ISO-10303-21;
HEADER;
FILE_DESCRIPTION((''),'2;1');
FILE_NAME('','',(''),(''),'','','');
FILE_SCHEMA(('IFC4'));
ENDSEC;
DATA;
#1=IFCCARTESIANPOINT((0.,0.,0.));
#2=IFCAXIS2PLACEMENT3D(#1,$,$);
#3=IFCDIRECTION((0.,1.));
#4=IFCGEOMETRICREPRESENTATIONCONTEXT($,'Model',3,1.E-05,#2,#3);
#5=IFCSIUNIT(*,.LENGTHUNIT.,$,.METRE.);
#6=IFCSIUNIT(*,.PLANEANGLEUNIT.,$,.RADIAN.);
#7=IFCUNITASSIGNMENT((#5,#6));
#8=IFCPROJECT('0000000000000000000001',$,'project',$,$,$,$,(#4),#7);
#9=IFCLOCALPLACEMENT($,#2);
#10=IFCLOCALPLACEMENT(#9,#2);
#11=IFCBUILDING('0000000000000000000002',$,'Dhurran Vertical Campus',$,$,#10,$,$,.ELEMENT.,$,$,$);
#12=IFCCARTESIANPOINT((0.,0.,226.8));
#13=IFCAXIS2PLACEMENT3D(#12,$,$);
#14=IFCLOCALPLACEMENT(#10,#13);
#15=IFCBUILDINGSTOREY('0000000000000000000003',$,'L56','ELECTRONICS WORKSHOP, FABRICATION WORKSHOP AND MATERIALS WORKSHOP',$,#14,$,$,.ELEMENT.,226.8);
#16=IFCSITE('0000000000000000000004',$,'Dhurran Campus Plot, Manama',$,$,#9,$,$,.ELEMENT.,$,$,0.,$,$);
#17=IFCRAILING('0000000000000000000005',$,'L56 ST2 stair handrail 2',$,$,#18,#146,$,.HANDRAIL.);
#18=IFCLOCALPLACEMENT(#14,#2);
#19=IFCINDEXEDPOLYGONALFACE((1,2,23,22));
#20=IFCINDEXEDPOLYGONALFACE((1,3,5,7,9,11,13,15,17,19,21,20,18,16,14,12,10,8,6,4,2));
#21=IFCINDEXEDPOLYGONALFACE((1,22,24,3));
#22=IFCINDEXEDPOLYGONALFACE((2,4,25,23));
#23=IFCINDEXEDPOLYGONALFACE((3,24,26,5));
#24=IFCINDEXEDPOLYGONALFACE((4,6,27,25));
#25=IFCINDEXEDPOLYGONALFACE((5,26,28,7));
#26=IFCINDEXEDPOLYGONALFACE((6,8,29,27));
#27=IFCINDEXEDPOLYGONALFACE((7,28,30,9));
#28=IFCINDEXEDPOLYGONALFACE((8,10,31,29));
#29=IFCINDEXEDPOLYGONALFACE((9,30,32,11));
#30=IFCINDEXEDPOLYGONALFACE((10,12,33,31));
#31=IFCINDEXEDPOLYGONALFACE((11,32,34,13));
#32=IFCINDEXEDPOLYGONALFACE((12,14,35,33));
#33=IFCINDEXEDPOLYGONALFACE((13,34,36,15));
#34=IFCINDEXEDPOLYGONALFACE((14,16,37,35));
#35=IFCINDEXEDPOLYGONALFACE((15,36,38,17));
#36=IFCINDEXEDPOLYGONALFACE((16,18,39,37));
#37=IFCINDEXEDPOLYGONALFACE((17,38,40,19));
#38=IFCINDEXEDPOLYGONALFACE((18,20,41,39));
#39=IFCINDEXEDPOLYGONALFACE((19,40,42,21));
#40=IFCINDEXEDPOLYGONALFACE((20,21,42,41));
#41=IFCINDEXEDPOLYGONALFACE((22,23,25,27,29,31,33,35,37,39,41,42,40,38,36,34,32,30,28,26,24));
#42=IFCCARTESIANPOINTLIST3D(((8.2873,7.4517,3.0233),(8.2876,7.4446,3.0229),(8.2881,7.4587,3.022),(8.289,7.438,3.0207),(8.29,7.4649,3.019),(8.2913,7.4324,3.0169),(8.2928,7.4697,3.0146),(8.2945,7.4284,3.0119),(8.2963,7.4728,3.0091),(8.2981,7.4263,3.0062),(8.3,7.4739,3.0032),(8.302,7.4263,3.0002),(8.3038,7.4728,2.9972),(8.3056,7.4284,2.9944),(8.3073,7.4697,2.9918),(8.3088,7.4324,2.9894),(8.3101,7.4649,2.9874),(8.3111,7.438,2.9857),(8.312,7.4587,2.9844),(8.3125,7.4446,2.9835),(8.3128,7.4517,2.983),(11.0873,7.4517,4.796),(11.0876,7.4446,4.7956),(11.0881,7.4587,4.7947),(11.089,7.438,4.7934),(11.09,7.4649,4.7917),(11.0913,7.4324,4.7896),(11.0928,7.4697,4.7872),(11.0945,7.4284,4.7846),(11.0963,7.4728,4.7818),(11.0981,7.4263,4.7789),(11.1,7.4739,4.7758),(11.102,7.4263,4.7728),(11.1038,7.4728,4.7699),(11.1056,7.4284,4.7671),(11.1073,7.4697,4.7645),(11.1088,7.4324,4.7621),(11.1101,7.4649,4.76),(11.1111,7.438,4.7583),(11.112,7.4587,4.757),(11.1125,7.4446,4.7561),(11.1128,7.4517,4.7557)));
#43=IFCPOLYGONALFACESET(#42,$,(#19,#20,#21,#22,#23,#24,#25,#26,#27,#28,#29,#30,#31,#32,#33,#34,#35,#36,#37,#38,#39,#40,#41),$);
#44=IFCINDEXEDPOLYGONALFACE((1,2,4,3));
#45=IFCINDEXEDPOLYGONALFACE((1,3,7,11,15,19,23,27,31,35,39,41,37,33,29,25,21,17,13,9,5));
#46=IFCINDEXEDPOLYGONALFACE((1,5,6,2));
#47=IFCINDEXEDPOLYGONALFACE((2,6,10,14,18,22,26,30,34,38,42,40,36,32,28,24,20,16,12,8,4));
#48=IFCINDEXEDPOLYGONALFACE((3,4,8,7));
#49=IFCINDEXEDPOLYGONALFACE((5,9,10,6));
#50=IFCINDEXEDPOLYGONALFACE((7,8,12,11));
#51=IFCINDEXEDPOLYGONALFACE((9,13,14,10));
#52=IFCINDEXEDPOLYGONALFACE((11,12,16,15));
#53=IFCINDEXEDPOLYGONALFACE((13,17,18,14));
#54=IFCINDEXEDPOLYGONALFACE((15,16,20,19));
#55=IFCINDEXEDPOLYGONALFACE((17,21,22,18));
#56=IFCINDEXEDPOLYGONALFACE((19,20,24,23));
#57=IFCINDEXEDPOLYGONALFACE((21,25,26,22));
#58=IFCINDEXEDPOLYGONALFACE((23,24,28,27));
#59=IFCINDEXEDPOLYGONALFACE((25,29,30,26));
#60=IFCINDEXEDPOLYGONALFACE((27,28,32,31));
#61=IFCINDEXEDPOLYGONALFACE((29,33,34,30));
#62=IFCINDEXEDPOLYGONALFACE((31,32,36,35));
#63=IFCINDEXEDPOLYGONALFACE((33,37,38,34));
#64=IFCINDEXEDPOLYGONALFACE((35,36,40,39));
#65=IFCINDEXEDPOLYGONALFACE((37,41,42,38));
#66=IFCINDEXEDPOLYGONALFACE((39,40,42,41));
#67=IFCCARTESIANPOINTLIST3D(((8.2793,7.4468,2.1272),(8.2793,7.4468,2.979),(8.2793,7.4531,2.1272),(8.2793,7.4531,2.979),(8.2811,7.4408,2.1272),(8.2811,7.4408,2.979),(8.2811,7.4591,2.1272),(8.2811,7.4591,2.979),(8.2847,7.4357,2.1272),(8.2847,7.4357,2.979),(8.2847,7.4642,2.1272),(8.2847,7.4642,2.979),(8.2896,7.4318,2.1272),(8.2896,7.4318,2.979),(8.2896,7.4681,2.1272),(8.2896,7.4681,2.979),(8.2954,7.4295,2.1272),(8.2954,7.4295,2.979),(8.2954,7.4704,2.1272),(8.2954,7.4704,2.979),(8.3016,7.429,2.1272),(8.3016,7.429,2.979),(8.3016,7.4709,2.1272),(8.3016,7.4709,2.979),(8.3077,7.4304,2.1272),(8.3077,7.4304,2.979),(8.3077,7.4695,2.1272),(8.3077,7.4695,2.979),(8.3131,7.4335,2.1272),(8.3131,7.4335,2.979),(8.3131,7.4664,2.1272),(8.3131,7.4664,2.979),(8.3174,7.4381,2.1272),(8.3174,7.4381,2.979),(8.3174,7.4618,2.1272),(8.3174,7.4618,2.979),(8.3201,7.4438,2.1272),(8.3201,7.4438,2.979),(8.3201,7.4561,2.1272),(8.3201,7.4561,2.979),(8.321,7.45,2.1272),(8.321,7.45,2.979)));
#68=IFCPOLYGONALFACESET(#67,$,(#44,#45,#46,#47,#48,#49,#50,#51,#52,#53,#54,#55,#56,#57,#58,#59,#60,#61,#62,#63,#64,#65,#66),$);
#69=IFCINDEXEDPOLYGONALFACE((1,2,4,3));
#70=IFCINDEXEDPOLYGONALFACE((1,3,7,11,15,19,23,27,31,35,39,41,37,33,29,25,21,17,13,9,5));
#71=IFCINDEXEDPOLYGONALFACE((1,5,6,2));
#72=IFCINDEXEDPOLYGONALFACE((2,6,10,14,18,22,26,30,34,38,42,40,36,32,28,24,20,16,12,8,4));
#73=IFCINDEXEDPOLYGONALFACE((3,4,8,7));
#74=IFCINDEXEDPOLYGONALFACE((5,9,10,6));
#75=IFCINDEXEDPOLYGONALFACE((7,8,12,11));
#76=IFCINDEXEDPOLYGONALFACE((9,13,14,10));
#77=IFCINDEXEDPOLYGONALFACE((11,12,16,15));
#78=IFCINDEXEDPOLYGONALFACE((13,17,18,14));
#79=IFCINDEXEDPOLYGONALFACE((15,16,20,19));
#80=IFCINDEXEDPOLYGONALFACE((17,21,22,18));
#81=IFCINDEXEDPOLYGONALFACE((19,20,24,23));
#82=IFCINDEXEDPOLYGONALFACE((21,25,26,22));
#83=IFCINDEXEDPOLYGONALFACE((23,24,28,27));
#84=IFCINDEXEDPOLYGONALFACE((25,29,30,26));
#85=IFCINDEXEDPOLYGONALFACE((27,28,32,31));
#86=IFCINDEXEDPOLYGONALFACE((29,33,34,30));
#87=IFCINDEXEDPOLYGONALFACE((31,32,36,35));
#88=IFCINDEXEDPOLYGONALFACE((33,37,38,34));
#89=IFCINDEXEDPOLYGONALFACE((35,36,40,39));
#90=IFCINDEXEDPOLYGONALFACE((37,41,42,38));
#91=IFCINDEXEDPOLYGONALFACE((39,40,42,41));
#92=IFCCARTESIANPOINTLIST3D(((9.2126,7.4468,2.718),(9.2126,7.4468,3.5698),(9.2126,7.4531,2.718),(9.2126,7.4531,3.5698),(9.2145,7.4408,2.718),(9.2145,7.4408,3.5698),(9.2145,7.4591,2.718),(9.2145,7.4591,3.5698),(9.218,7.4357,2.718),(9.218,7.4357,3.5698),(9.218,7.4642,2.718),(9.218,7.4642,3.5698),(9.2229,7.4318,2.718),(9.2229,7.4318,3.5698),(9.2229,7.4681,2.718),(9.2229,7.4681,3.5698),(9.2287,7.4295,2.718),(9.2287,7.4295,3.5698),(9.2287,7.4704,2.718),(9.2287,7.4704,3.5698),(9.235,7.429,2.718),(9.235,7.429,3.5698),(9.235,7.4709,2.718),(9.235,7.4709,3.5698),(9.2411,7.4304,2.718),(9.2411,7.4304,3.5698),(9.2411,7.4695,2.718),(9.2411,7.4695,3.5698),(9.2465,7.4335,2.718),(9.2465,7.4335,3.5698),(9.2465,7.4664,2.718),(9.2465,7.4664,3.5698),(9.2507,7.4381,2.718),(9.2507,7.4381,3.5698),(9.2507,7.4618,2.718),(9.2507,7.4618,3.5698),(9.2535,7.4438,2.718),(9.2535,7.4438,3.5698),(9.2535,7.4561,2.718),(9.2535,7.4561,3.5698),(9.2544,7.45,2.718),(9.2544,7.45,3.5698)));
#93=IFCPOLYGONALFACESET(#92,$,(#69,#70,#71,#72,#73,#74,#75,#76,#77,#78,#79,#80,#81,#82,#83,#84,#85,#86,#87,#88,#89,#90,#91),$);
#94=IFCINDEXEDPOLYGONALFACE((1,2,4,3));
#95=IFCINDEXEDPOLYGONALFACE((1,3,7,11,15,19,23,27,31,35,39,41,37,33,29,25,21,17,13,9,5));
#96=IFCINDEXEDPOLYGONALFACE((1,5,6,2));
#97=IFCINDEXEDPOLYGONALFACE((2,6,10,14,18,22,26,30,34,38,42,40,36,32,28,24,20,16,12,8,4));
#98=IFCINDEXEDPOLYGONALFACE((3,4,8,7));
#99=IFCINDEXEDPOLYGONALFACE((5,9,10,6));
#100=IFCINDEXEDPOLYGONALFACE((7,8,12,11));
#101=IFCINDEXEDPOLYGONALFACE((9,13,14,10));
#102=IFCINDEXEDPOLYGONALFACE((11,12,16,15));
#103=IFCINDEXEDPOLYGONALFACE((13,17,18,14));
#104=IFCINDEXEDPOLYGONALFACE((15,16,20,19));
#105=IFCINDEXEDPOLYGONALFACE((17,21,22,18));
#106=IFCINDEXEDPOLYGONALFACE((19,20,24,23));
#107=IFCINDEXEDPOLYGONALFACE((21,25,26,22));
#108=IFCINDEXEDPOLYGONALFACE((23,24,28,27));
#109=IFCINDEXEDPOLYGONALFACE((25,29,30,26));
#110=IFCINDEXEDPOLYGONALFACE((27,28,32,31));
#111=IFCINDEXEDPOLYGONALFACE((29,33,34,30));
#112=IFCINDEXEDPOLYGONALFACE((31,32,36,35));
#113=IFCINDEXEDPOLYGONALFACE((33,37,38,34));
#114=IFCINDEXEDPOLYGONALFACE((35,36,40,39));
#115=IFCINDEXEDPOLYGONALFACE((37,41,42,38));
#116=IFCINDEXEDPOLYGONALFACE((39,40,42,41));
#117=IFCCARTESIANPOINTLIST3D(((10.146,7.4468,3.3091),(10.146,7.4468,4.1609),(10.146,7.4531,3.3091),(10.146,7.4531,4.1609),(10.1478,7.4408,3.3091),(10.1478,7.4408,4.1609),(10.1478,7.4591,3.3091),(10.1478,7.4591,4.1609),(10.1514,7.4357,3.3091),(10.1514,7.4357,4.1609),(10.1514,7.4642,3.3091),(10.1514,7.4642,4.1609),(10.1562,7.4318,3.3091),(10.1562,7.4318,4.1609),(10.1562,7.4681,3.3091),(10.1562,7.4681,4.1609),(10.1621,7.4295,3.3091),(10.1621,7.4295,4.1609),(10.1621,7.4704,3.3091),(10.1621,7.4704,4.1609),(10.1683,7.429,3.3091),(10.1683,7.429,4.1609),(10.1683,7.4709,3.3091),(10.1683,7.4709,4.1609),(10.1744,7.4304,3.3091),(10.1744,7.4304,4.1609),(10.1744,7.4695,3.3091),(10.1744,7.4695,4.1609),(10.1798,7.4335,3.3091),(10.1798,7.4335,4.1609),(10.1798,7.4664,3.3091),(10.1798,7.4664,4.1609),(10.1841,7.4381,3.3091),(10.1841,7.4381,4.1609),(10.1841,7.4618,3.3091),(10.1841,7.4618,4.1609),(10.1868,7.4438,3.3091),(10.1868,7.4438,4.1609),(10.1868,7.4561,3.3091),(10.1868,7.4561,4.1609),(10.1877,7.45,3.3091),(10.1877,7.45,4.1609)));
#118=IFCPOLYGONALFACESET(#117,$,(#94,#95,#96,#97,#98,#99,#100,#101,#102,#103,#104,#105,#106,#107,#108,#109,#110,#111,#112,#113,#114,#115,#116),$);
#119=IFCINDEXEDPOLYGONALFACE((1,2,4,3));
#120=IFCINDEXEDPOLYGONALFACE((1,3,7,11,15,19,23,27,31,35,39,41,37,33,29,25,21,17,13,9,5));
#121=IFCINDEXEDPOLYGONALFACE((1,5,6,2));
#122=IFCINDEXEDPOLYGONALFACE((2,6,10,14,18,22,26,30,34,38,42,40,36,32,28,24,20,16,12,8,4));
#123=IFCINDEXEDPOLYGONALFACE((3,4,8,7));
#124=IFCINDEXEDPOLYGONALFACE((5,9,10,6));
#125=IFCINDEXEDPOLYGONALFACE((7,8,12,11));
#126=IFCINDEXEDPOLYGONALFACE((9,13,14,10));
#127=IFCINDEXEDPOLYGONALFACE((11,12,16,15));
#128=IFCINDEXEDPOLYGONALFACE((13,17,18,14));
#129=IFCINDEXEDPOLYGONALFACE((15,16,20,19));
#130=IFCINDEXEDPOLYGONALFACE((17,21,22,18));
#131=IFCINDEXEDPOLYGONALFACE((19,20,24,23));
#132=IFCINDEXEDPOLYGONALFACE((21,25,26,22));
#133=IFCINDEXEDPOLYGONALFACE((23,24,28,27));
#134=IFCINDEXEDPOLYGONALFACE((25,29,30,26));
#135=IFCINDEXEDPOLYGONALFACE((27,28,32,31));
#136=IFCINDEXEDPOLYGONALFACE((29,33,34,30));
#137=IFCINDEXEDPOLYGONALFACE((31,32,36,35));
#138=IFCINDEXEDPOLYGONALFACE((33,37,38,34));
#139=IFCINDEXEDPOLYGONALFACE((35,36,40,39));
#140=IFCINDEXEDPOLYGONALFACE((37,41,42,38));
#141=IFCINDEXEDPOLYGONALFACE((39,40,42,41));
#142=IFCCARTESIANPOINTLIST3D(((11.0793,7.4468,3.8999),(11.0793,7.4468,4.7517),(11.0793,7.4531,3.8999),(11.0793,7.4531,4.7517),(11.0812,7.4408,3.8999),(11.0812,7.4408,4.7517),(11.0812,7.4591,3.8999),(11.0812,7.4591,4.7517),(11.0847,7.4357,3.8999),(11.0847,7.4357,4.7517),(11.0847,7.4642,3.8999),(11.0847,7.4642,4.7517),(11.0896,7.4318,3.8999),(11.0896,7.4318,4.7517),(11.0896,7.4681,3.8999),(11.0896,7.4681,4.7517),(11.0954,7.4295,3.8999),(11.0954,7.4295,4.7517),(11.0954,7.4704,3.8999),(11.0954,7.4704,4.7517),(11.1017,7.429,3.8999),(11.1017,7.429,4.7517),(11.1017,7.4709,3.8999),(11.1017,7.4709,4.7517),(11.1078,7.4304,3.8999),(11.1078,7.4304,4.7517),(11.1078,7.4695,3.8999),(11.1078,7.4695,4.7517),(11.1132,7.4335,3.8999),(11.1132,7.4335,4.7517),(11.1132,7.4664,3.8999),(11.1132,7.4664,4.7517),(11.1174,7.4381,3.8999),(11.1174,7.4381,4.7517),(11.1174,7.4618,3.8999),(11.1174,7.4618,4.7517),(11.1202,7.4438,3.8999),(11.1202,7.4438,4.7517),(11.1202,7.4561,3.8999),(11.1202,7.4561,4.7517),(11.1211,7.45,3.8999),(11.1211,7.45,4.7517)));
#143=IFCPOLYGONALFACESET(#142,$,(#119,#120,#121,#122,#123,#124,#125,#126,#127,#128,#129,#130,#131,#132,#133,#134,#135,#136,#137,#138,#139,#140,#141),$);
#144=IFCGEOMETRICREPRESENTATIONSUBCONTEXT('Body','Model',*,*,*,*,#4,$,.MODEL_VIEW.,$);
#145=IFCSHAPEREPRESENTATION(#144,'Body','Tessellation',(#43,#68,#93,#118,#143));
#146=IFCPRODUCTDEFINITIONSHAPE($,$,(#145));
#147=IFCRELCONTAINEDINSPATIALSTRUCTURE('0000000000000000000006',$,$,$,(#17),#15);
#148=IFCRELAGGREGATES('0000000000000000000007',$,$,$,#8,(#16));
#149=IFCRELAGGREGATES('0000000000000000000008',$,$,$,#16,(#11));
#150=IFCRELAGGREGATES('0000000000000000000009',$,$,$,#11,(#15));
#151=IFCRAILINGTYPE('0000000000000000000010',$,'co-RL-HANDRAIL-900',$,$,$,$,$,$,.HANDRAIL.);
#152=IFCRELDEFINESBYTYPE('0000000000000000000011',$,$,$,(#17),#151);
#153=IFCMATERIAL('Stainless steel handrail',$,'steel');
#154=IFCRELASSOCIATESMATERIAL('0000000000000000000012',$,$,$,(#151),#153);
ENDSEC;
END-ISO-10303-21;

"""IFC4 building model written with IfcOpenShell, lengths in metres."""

from ifc_helpers import new_model, si_unit, direction, frame, origin, origin_2d, place, context, subcontext, project, spatial, circle, extrude, material, type_object, element, save


model = new_model("IFC4")

# Units and contexts
model_context = context("Model", 3, precision=1e-05, world=origin(), true_north=direction((0.0, 1.0)))
body_context = subcontext(model_context, "Body", "Model", "MODEL_VIEW")
ifc_project = project(units=[si_unit("LENGTHUNIT", "METRE"), si_unit("PLANEANGLEUNIT", "RADIAN")], contexts=[model_context])

# Site, building, storey
site_placement = place(None, origin())
site = spatial("IfcSite", under=ifc_project, at=site_placement, Name="Dhurran Campus Plot, Manama", CompositionType="ELEMENT", RefElevation=0.0)
building_placement = place(site_placement, origin())
building = spatial("IfcBuilding", under=site, at=building_placement, Name="Dhurran Vertical Campus", CompositionType="ELEMENT")
storey_placement = place(building_placement, frame((0.0, 0.0, 226.8)))
storey = spatial("IfcBuildingStorey", under=building, at=storey_placement, Name="L56", Description="ELECTRONICS WORKSHOP, FABRICATION WORKSHOP AND MATERIALS WORKSHOP", CompositionType="ELEMENT", Elevation=226.8)

# Railing
ifc_material_1 = material(Name="Stainless steel handrail", Category="steel")
railing_type_1 = type_object("IfcRailingType", Name="co-RL-HANDRAIL-900", PredefinedType="HANDRAIL", material=ifc_material_1)
railing_1_placement = place(storey_placement, frame((8.3, 7.45, 2.1272)))
element("IfcRailing", 1, at=railing_1_placement, inside=storey, type_object=railing_type_1, Name="L56 ST2 stair handrail 2", PredefinedType="HANDRAIL", context=body_context, shape_type="SweptSolid", body=[
    extrude(circle(Radius=0.0239, at=origin_2d()), frame((0.0, 0.0, 0.876), z_axis=(0.844909, 0.0, 0.53491), x_axis=(0.0, 1.0, 0.0)), (0.0, 0.0, 1.0), 3.314),
    extrude(circle(Radius=0.021, at=origin_2d()), origin(), (0.0, 0.0, 1.0), 0.8518),
    extrude(circle(Radius=0.021, at=origin_2d()), frame((0.9333, 0.0, 0.5908)), (0.0, 0.0, 1.0), 0.8518),
    extrude(circle(Radius=0.021, at=origin_2d()), frame((1.8667, 0.0, 1.1819)), (0.0, 0.0, 1.0), 0.8518),
    extrude(circle(Radius=0.021, at=origin_2d()), frame((2.8, 0.0, 1.7727)), (0.0, 0.0, 1.0), 0.8518),
])

save(model, "model.ifc")
